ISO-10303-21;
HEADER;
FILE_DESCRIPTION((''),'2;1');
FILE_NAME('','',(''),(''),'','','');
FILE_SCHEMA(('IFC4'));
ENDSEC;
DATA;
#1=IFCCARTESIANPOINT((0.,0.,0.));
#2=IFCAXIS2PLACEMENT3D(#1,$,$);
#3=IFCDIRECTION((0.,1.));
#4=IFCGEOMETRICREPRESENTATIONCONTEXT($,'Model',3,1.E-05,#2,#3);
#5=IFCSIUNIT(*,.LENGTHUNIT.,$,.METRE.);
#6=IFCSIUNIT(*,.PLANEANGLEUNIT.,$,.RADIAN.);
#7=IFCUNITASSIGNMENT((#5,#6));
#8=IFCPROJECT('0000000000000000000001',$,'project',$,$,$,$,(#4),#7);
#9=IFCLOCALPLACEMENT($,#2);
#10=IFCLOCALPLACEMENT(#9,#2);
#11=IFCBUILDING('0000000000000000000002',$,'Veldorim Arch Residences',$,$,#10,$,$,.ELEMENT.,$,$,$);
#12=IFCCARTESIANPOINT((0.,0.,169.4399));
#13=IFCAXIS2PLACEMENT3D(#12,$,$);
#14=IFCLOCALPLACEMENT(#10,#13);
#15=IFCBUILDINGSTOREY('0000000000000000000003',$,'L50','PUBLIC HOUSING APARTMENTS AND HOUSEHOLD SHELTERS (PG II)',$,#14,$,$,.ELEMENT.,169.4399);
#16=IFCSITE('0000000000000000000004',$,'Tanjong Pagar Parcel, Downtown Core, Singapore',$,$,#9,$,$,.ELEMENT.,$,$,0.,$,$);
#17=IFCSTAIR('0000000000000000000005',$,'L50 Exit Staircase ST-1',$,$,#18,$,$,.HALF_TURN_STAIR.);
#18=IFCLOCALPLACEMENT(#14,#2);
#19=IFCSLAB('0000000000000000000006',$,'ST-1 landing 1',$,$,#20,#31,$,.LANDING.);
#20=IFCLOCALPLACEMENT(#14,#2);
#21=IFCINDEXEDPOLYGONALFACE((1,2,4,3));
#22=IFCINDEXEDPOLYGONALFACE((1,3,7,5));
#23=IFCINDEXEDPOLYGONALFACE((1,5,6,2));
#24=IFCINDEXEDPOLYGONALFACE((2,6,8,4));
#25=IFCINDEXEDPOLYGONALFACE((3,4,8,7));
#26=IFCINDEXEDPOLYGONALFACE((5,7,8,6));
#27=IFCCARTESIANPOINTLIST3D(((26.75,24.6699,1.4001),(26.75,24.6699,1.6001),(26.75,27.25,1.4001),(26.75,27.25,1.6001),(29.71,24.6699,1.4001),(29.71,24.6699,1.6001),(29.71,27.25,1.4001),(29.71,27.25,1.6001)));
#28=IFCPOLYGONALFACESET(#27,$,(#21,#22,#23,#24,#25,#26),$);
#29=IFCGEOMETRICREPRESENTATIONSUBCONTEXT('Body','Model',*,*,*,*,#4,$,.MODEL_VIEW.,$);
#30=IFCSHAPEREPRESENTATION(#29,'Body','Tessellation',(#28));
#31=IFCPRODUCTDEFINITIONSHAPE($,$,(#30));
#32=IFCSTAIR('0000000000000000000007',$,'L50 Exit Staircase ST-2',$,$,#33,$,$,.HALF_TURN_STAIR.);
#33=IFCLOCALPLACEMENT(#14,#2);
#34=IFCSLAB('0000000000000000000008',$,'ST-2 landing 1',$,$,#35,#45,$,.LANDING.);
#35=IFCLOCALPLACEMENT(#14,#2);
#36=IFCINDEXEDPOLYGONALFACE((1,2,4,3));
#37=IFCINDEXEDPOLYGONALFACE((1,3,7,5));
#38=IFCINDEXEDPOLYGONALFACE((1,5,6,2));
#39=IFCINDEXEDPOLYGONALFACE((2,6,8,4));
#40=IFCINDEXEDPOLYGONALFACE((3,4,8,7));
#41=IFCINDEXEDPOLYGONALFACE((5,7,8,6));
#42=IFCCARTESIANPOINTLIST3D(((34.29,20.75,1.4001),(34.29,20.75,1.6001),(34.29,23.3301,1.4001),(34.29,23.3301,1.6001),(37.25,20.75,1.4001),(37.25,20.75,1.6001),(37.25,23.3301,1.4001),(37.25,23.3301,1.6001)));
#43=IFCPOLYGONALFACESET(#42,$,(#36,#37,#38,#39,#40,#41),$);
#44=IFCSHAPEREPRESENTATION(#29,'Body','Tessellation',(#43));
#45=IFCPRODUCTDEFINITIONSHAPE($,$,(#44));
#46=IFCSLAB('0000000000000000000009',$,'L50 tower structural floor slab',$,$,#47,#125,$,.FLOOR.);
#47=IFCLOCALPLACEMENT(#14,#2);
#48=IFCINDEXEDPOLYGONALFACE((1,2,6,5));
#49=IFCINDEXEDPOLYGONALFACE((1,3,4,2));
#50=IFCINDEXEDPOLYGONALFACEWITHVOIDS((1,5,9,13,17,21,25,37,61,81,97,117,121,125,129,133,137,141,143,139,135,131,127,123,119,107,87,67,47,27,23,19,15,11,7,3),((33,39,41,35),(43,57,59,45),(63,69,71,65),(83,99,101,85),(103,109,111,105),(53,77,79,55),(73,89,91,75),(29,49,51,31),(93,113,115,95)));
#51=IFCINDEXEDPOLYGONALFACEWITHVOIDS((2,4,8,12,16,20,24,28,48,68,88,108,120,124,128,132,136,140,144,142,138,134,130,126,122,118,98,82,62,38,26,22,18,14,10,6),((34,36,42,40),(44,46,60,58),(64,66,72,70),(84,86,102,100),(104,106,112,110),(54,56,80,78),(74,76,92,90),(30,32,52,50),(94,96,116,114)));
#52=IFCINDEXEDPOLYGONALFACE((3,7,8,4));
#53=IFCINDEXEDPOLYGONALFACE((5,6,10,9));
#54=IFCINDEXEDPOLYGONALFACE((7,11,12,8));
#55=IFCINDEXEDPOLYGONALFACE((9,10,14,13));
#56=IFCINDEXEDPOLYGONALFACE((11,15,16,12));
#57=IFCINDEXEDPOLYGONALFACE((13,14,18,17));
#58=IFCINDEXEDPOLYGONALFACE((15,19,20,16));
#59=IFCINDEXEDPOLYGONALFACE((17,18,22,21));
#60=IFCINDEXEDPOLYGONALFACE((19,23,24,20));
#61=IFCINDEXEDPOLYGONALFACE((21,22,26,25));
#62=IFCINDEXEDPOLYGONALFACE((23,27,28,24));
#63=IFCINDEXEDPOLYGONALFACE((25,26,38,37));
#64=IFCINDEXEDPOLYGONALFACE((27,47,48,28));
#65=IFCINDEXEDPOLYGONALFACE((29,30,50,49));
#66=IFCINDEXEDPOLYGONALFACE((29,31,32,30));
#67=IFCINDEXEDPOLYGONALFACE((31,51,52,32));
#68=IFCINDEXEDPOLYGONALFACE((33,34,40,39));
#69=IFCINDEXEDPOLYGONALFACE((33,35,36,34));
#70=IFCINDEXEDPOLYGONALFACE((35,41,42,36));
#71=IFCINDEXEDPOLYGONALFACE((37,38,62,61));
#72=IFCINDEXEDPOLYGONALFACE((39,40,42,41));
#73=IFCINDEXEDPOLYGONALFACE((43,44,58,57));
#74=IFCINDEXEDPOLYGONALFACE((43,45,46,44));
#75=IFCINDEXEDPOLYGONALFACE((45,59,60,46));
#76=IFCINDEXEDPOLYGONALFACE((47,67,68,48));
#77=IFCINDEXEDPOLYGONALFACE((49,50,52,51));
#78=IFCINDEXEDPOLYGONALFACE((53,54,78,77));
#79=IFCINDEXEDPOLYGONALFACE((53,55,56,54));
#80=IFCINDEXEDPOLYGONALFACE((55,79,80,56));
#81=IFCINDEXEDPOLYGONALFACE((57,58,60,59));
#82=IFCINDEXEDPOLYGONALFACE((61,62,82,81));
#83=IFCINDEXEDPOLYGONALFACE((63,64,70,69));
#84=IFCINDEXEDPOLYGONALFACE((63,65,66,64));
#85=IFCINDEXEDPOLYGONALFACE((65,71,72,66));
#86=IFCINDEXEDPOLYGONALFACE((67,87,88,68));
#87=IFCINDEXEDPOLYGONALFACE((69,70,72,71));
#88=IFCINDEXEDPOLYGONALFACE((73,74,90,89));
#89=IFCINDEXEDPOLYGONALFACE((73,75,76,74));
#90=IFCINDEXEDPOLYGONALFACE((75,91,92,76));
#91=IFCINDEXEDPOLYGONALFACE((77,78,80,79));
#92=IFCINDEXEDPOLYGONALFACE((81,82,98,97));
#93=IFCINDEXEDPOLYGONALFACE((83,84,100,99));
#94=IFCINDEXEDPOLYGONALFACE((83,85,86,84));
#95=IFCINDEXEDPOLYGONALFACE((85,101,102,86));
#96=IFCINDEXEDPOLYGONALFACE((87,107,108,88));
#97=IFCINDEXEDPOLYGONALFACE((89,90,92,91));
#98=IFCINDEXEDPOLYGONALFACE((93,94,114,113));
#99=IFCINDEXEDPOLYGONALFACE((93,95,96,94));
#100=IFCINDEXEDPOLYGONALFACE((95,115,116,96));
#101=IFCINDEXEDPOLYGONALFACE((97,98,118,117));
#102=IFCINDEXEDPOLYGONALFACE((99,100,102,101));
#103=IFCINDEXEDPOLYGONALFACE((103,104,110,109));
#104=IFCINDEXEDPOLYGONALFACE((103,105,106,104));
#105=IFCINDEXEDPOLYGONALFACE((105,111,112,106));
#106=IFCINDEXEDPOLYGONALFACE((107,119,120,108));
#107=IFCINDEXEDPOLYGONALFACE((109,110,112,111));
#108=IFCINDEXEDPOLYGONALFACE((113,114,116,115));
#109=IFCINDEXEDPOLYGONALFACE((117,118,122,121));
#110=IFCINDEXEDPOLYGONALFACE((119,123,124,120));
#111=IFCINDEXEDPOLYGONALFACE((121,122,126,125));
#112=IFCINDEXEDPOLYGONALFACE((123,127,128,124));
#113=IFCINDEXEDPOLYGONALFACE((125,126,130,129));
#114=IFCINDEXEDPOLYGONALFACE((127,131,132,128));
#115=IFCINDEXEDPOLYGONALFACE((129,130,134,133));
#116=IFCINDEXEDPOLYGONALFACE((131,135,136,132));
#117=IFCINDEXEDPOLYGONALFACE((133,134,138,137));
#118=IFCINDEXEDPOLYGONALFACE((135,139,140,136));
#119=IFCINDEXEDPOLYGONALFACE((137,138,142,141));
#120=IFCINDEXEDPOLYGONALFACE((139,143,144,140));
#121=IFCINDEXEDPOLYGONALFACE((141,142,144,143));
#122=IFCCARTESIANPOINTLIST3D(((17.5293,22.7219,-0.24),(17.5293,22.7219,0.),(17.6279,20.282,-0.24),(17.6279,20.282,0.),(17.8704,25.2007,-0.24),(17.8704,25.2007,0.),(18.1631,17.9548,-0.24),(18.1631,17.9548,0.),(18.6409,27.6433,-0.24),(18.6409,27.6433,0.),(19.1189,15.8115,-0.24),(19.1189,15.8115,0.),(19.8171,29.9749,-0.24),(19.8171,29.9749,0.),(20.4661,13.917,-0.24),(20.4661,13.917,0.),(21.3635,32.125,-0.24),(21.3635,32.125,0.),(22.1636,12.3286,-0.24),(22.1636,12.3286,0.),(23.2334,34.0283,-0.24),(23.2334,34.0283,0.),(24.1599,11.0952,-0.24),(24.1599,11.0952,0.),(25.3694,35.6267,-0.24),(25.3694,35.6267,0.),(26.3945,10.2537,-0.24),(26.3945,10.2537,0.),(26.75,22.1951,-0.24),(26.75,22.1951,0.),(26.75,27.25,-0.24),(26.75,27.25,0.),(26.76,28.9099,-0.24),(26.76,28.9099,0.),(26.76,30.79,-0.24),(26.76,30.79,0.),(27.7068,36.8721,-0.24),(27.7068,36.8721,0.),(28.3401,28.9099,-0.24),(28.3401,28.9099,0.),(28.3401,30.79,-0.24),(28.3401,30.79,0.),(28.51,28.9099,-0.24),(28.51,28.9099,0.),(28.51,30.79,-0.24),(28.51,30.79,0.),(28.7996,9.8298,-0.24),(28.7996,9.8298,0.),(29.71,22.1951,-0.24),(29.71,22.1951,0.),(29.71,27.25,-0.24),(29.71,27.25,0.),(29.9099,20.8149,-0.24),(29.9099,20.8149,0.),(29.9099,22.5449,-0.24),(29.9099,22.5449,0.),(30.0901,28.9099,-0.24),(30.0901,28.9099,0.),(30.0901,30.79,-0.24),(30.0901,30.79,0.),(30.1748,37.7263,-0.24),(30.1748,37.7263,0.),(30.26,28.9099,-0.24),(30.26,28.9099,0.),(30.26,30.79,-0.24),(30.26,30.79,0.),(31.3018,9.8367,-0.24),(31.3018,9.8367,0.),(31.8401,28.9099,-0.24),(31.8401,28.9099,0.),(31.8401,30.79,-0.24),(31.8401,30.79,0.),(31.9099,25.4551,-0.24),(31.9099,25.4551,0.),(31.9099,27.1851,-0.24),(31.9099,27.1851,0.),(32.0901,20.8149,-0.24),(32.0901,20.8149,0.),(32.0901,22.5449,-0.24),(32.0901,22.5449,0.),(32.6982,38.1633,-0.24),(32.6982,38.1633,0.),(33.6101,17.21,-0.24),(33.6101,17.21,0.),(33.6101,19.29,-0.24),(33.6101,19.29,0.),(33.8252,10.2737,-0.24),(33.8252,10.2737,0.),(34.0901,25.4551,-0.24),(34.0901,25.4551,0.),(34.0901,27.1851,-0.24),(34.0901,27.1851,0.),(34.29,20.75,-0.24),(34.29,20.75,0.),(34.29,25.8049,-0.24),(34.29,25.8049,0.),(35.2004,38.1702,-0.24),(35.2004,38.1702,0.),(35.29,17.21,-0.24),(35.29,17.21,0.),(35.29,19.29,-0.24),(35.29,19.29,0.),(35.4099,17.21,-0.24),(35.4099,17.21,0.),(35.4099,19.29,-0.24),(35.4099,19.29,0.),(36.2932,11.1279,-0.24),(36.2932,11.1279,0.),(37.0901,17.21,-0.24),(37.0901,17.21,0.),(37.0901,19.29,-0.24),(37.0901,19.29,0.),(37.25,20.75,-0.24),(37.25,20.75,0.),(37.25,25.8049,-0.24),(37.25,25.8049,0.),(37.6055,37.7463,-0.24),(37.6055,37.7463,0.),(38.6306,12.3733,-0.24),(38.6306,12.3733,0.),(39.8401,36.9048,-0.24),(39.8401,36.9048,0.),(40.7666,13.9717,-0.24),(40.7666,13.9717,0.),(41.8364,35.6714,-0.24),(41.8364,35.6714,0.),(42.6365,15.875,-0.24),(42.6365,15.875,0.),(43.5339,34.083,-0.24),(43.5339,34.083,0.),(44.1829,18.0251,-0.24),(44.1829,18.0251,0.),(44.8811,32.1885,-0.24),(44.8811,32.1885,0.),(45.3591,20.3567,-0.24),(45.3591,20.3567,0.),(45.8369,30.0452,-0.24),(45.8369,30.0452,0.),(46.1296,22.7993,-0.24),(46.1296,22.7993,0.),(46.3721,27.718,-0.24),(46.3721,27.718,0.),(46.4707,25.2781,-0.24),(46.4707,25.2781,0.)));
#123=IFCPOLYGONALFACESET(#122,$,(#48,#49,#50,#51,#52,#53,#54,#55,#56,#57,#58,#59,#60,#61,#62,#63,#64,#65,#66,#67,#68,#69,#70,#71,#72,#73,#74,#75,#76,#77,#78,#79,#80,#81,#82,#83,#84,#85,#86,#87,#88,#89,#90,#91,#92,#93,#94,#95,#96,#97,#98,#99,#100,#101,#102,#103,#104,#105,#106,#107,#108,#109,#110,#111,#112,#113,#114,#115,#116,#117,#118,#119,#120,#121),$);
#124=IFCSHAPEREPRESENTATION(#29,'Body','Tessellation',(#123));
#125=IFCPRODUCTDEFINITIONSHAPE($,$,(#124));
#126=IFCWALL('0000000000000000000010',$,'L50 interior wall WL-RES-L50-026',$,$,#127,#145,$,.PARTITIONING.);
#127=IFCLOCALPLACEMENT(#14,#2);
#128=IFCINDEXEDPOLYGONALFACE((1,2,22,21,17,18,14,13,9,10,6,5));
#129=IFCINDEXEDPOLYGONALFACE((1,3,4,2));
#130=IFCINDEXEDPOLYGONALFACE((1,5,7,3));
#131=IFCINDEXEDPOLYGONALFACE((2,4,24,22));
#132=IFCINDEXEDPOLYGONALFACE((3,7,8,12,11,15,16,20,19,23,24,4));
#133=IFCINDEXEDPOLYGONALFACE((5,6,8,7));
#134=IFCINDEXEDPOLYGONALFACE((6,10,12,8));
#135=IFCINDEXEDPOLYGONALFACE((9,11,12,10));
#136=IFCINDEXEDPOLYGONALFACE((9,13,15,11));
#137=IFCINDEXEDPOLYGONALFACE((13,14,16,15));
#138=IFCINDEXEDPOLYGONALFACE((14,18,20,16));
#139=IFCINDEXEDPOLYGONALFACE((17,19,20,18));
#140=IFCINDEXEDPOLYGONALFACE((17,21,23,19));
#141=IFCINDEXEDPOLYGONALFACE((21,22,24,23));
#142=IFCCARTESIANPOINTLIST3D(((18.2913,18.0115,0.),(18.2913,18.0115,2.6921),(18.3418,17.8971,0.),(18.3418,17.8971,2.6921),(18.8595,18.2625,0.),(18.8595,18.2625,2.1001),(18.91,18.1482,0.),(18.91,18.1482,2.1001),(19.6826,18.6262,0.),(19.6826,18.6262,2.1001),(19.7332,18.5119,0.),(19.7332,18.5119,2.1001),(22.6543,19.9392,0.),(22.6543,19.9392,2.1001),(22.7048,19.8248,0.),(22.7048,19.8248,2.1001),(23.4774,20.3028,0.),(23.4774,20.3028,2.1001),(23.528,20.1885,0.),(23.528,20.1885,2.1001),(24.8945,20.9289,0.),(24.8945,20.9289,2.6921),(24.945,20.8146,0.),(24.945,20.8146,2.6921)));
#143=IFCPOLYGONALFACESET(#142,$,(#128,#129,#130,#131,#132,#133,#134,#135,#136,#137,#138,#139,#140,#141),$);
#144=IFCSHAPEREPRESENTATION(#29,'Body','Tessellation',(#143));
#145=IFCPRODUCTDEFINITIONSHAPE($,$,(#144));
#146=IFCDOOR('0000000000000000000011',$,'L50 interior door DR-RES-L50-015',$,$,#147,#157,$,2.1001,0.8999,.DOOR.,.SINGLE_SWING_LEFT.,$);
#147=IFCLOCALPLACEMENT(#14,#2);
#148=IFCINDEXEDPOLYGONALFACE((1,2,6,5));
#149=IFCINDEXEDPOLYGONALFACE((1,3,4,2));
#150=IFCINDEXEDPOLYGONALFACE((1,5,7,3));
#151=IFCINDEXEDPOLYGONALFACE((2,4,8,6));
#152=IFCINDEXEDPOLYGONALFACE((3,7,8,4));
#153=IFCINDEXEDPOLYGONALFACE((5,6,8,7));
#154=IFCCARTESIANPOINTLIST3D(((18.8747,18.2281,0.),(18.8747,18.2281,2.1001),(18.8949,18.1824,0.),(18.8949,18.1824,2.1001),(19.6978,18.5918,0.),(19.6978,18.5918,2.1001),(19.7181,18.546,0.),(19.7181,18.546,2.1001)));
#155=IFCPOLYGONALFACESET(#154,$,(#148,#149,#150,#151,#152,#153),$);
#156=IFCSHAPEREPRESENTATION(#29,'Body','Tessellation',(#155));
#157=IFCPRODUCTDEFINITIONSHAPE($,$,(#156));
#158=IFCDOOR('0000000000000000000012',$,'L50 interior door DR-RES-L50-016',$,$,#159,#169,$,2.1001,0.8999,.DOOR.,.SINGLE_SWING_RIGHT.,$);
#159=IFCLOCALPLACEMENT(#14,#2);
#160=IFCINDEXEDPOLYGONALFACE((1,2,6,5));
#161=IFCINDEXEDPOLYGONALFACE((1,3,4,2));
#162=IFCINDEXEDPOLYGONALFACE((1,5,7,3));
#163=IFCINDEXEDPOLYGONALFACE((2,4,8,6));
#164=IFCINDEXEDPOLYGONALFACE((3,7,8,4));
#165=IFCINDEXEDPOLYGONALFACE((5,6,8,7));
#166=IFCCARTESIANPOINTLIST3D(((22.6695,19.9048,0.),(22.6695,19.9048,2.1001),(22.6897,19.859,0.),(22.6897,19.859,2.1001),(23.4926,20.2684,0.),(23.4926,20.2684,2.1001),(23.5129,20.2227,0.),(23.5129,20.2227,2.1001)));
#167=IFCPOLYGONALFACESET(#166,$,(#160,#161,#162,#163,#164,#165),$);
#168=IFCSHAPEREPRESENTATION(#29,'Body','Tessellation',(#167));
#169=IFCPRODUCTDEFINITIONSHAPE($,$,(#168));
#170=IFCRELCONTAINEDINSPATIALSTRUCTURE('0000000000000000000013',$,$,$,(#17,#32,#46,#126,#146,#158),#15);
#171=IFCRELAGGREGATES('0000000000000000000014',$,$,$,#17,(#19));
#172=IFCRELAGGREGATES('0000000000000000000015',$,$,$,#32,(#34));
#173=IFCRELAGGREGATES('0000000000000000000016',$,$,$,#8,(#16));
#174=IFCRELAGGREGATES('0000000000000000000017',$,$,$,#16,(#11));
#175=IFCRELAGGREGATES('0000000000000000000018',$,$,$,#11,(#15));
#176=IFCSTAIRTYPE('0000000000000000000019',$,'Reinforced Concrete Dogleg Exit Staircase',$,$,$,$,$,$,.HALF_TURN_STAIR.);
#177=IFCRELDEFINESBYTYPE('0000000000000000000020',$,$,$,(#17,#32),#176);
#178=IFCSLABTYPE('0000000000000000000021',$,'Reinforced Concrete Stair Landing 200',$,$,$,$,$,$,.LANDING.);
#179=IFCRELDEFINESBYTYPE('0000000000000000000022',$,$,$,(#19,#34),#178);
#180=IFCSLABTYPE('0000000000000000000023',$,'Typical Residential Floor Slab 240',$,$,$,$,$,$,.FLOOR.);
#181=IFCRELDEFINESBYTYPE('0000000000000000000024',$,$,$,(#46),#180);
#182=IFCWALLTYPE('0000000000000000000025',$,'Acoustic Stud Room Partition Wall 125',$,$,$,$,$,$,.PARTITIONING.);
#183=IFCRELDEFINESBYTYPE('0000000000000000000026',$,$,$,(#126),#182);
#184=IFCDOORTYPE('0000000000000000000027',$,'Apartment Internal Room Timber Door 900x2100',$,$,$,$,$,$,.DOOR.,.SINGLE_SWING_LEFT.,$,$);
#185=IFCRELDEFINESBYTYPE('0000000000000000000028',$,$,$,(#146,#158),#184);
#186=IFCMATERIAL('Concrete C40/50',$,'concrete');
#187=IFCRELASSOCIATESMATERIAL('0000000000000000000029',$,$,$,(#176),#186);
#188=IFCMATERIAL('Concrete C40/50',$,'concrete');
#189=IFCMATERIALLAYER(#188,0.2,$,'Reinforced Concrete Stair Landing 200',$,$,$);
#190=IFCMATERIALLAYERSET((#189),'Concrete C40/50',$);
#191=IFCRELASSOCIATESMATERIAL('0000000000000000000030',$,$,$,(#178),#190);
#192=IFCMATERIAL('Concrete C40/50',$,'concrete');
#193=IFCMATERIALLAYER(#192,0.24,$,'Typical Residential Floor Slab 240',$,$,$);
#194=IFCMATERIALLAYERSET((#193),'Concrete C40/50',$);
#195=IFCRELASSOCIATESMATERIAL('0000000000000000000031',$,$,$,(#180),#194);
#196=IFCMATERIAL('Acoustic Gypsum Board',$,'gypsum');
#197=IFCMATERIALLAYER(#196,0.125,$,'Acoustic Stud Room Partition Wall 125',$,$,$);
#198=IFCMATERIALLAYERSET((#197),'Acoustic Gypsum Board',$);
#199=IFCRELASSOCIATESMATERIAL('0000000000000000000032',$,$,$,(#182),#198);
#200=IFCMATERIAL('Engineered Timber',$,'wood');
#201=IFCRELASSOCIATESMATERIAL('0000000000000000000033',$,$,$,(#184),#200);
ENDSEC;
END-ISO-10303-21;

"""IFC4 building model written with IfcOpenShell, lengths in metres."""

from ifc_helpers import new_model, si_unit, direction, frame, frame_2d, origin, place, context, subcontext, project, spatial, polyline, rectangle, outline, extrude, material, layer, layer_set, type_object, element, fill, aggregate, save


model = new_model("IFC4")

# Units and contexts
model_context = context("Model", 3, precision=1e-05, world=origin(), true_north=direction((0.0, 1.0)))
body_context = subcontext(model_context, "Body", "Model", "MODEL_VIEW")
ifc_project = project(units=[si_unit("LENGTHUNIT", "METRE"), si_unit("PLANEANGLEUNIT", "RADIAN")], contexts=[model_context])

# Site, building, storey
site_placement = place(None, origin())
site = spatial("IfcSite", under=ifc_project, at=site_placement, Name="Tanjong Pagar Parcel, Downtown Core, Singapore", CompositionType="ELEMENT", RefElevation=0.0)
building_placement = place(site_placement, origin())
building = spatial("IfcBuilding", under=site, at=building_placement, Name="Veldorim Arch Residences", CompositionType="ELEMENT")
storey_placement = place(building_placement, frame((0.0, 0.0, 169.4399)))
storey = spatial("IfcBuildingStorey", under=building, at=storey_placement, Name="L50", Description="PUBLIC HOUSING APARTMENTS AND HOUSEHOLD SHELTERS (PG II)", CompositionType="ELEMENT", Elevation=169.4399)

# Stairs, slabs
ifc_material_1 = material(Name="Concrete C40/50", Category="concrete")
stair_type = type_object("IfcStairType", Name="Reinforced Concrete Dogleg Exit Staircase", PredefinedType="HALF_TURN_STAIR", material=ifc_material_1)
stair_1_placement = place(storey_placement, origin())
stair_1 = element("IfcStair", 1, at=stair_1_placement, inside=storey, type_object=stair_type, Name="L50 Exit Staircase ST-1", PredefinedType="HALF_TURN_STAIR")
ifc_material_2 = material(Name="Concrete C40/50", Category="concrete")
ifc_layer_1 = layer(ifc_material_2, 0.2, Name="Reinforced Concrete Stair Landing 200")
ifc_layer_set_1 = layer_set([ifc_layer_1], Name="Concrete C40/50")
slab_type_1 = type_object("IfcSlabType", Name="Reinforced Concrete Stair Landing 200", PredefinedType="LANDING", material=ifc_layer_set_1)
slab_1_placement = place(storey_placement, frame((0.0, 0.0, 1.4001)))
slab_1 = element("IfcSlab", 2, at=slab_1_placement, type_object=slab_type_1, Name="ST-1 landing 1", PredefinedType="LANDING", context=body_context, shape_type="SweptSolid", body=[
    extrude(outline(polyline([(29.71, 24.6699), (29.71, 27.25), (26.75, 27.25), (26.75, 24.6699), (29.71, 24.6699)])), origin(), (0.0, 0.0, 1.0), 0.2),
])
aggregate(stair_1, [slab_1])
stair_2_placement = place(storey_placement, origin())
stair_2 = element("IfcStair", 3, at=stair_2_placement, inside=storey, type_object=stair_type, Name="L50 Exit Staircase ST-2", PredefinedType="HALF_TURN_STAIR")
slab_2_placement = place(storey_placement, frame((0.0, 0.0, 1.4001)))
slab_2 = element("IfcSlab", 4, at=slab_2_placement, type_object=slab_type_1, Name="ST-2 landing 1", PredefinedType="LANDING", context=body_context, shape_type="SweptSolid", body=[
    extrude(outline(polyline([(34.29, 23.3301), (34.29, 20.75), (37.25, 20.75), (37.25, 23.3301), (34.29, 23.3301)])), origin(), (0.0, 0.0, 1.0), 0.2),
])
aggregate(stair_2, [slab_2])

# Slab
ifc_material_3 = material(Name="Concrete C40/50", Category="concrete")
ifc_layer_2 = layer(ifc_material_3, 0.24, Name="Typical Residential Floor Slab 240")
ifc_layer_set_2 = layer_set([ifc_layer_2], Name="Concrete C40/50")
slab_type_2 = type_object("IfcSlabType", Name="Typical Residential Floor Slab 240", PredefinedType="FLOOR", material=ifc_layer_set_2)
slab_3_placement = place(storey_placement, frame((0.0, 0.0, -0.24)))
element("IfcSlab", 5, at=slab_3_placement, inside=storey, type_object=slab_type_2, Name="L50 tower structural floor slab", PredefinedType="FLOOR", context=body_context, shape_type="SweptSolid", body=[
    extrude(outline(polyline([(43.5339, 34.083), (41.8364, 35.6714), (39.8401, 36.9048), (37.6055, 37.7463), (35.2004, 38.1702), (32.6982, 38.1633), (30.1748, 37.7263), (27.7068, 36.8721), (25.3694, 35.6267), (23.2334, 34.0283), (21.3635, 32.125), (19.8171, 29.9749), (18.6409, 27.6433), (17.8704, 25.2007), (17.5293, 22.7219), (17.6279, 20.282), (18.1631, 17.9548), (19.1189, 15.8115), (20.4661, 13.917), (22.1636, 12.3286), (24.1599, 11.0952), (26.3945, 10.2537), (28.7996, 9.8298), (31.3018, 9.8367), (33.8252, 10.2737), (36.2932, 11.1279), (38.6306, 12.3733), (40.7666, 13.9717), (42.6365, 15.875), (44.1829, 18.0251), (45.3591, 20.3567), (46.1296, 22.7993), (46.4707, 25.2781), (46.3721, 27.718), (45.8369, 30.0452), (44.8811, 32.1885), (43.5339, 34.083)]), holes=[polyline([(33.6101, 17.21), (33.6101, 19.29), (35.29, 19.29), (35.29, 17.21), (33.6101, 17.21)]), polyline([(35.4099, 17.21), (35.4099, 19.29), (37.0901, 19.29), (37.0901, 17.21), (35.4099, 17.21)]), polyline([(29.9099, 20.8149), (29.9099, 22.5449), (32.0901, 22.5449), (32.0901, 20.8149), (29.9099, 20.8149)]), polyline([(34.29, 20.75), (34.29, 25.8049), (37.25, 25.8049), (37.25, 20.75), (34.29, 20.75)]), polyline([(26.75, 22.1951), (26.75, 27.25), (29.71, 27.25), (29.71, 22.1951), (26.75, 22.1951)]), polyline([(31.9099, 25.4551), (31.9099, 27.1851), (34.0901, 27.1851), (34.0901, 25.4551), (31.9099, 25.4551)]), polyline([(26.76, 28.9099), (26.76, 30.79), (28.3401, 30.79), (28.3401, 28.9099), (26.76, 28.9099)]), polyline([(28.51, 30.79), (30.0901, 30.79), (30.0901, 28.9099), (28.51, 28.9099), (28.51, 30.79)]), polyline([(30.26, 30.79), (31.8401, 30.79), (31.8401, 28.9099), (30.26, 28.9099), (30.26, 30.79)])]), origin(), (0.0, 0.0, 1.0), 0.24),
])

# Wall, openings, doors
ifc_material_4 = material(Name="Acoustic Gypsum Board", Category="gypsum")
ifc_layer_3 = layer(ifc_material_4, 0.125, Name="Acoustic Stud Room Partition Wall 125")
ifc_layer_set_3 = layer_set([ifc_layer_3], Name="Acoustic Gypsum Board")
wall_type_1 = type_object("IfcWallType", Name="Acoustic Stud Room Partition Wall 125", PredefinedType="PARTITIONING", material=ifc_layer_set_3)
wall_1_placement = place(storey_placement, frame((18.3167, 17.9543, 0.0), z_axis=(0.0, 0.0, 1.0), x_axis=(0.914699, 0.404136, 0.0)))
wall_1 = element("IfcWall", 6, at=wall_1_placement, inside=storey, type_object=wall_type_1, Name="L50 interior wall WL-RES-L50-026", PredefinedType="PARTITIONING", context=body_context, shape_type="SweptSolid", body=[
    extrude(rectangle(XDim=7.219, YDim=0.125, at=frame_2d((3.6094, 0.0))), origin(), (0.0, 0.0, 1.0), 2.6921),
])
opening_1_placement = place(wall_1_placement, frame((0.6211, 0.0, 0.0)))
opening_1 = element("IfcOpeningElement", 7, at=opening_1_placement, cuts=wall_1, PredefinedType="OPENING", context=body_context, shape_type="SweptSolid", body=[
    extrude(rectangle(XDim=0.8999, YDim=2.1001, at=frame_2d((0.45, 1.05))), frame((0.0, 0.0725, 0.0), z_axis=(0.0, -1.0, 0.0), x_axis=(1.0, 0.0, 0.0)), (0.0, 0.0, 1.0), 0.145),
])
opening_2_placement = place(wall_1_placement, frame((4.7698, 0.0, 0.0)))
opening_2 = element("IfcOpeningElement", 8, at=opening_2_placement, cuts=wall_1, PredefinedType="OPENING", context=body_context, shape_type="SweptSolid", body=[
    extrude(rectangle(XDim=0.8999, YDim=2.1001, at=frame_2d((0.45, 1.05))), frame((0.0, 0.0725, 0.0), z_axis=(0.0, -1.0, 0.0), x_axis=(1.0, 0.0, 0.0)), (0.0, 0.0, 1.0), 0.145),
])
ifc_material_5 = material(Name="Engineered Timber", Category="wood")
door_type_1 = type_object("IfcDoorType", Name="Apartment Internal Room Timber Door 900x2100", OperationType="SINGLE_SWING_LEFT", PredefinedType="DOOR", material=ifc_material_5)
door_1_placement = place(opening_1_placement, origin())
door_1 = element("IfcDoor", 9, at=door_1_placement, inside=storey, type_object=door_type_1, Name="L50 interior door DR-RES-L50-015", OperationType="SINGLE_SWING_LEFT", OverallHeight=2.1001, OverallWidth=0.8999, PredefinedType="DOOR", context=body_context, shape_type="SweptSolid", body=[
    extrude(rectangle(XDim=0.8999, YDim=2.1001, at=frame_2d((0.45, 1.05))), frame((0.0, 0.0249, 0.0), z_axis=(0.0, -1.0, 0.0), x_axis=(1.0, 0.0, 0.0)), (0.0, 0.0, 1.0), 0.05),
])
fill(opening_1, door_1)
door_2_placement = place(opening_2_placement, origin())
door_2 = element("IfcDoor", 10, at=door_2_placement, inside=storey, type_object=door_type_1, Name="L50 interior door DR-RES-L50-016", OperationType="SINGLE_SWING_RIGHT", OverallHeight=2.1001, OverallWidth=0.8999, PredefinedType="DOOR", context=body_context, shape_type="SweptSolid", body=[
    extrude(rectangle(XDim=0.8999, YDim=2.1001, at=frame_2d((0.45, 1.05))), frame((0.0, 0.0249, 0.0), z_axis=(0.0, -1.0, 0.0), x_axis=(1.0, 0.0, 0.0)), (0.0, 0.0, 1.0), 0.05),
])
fill(opening_2, door_2)

save(model, "model.ifc")
